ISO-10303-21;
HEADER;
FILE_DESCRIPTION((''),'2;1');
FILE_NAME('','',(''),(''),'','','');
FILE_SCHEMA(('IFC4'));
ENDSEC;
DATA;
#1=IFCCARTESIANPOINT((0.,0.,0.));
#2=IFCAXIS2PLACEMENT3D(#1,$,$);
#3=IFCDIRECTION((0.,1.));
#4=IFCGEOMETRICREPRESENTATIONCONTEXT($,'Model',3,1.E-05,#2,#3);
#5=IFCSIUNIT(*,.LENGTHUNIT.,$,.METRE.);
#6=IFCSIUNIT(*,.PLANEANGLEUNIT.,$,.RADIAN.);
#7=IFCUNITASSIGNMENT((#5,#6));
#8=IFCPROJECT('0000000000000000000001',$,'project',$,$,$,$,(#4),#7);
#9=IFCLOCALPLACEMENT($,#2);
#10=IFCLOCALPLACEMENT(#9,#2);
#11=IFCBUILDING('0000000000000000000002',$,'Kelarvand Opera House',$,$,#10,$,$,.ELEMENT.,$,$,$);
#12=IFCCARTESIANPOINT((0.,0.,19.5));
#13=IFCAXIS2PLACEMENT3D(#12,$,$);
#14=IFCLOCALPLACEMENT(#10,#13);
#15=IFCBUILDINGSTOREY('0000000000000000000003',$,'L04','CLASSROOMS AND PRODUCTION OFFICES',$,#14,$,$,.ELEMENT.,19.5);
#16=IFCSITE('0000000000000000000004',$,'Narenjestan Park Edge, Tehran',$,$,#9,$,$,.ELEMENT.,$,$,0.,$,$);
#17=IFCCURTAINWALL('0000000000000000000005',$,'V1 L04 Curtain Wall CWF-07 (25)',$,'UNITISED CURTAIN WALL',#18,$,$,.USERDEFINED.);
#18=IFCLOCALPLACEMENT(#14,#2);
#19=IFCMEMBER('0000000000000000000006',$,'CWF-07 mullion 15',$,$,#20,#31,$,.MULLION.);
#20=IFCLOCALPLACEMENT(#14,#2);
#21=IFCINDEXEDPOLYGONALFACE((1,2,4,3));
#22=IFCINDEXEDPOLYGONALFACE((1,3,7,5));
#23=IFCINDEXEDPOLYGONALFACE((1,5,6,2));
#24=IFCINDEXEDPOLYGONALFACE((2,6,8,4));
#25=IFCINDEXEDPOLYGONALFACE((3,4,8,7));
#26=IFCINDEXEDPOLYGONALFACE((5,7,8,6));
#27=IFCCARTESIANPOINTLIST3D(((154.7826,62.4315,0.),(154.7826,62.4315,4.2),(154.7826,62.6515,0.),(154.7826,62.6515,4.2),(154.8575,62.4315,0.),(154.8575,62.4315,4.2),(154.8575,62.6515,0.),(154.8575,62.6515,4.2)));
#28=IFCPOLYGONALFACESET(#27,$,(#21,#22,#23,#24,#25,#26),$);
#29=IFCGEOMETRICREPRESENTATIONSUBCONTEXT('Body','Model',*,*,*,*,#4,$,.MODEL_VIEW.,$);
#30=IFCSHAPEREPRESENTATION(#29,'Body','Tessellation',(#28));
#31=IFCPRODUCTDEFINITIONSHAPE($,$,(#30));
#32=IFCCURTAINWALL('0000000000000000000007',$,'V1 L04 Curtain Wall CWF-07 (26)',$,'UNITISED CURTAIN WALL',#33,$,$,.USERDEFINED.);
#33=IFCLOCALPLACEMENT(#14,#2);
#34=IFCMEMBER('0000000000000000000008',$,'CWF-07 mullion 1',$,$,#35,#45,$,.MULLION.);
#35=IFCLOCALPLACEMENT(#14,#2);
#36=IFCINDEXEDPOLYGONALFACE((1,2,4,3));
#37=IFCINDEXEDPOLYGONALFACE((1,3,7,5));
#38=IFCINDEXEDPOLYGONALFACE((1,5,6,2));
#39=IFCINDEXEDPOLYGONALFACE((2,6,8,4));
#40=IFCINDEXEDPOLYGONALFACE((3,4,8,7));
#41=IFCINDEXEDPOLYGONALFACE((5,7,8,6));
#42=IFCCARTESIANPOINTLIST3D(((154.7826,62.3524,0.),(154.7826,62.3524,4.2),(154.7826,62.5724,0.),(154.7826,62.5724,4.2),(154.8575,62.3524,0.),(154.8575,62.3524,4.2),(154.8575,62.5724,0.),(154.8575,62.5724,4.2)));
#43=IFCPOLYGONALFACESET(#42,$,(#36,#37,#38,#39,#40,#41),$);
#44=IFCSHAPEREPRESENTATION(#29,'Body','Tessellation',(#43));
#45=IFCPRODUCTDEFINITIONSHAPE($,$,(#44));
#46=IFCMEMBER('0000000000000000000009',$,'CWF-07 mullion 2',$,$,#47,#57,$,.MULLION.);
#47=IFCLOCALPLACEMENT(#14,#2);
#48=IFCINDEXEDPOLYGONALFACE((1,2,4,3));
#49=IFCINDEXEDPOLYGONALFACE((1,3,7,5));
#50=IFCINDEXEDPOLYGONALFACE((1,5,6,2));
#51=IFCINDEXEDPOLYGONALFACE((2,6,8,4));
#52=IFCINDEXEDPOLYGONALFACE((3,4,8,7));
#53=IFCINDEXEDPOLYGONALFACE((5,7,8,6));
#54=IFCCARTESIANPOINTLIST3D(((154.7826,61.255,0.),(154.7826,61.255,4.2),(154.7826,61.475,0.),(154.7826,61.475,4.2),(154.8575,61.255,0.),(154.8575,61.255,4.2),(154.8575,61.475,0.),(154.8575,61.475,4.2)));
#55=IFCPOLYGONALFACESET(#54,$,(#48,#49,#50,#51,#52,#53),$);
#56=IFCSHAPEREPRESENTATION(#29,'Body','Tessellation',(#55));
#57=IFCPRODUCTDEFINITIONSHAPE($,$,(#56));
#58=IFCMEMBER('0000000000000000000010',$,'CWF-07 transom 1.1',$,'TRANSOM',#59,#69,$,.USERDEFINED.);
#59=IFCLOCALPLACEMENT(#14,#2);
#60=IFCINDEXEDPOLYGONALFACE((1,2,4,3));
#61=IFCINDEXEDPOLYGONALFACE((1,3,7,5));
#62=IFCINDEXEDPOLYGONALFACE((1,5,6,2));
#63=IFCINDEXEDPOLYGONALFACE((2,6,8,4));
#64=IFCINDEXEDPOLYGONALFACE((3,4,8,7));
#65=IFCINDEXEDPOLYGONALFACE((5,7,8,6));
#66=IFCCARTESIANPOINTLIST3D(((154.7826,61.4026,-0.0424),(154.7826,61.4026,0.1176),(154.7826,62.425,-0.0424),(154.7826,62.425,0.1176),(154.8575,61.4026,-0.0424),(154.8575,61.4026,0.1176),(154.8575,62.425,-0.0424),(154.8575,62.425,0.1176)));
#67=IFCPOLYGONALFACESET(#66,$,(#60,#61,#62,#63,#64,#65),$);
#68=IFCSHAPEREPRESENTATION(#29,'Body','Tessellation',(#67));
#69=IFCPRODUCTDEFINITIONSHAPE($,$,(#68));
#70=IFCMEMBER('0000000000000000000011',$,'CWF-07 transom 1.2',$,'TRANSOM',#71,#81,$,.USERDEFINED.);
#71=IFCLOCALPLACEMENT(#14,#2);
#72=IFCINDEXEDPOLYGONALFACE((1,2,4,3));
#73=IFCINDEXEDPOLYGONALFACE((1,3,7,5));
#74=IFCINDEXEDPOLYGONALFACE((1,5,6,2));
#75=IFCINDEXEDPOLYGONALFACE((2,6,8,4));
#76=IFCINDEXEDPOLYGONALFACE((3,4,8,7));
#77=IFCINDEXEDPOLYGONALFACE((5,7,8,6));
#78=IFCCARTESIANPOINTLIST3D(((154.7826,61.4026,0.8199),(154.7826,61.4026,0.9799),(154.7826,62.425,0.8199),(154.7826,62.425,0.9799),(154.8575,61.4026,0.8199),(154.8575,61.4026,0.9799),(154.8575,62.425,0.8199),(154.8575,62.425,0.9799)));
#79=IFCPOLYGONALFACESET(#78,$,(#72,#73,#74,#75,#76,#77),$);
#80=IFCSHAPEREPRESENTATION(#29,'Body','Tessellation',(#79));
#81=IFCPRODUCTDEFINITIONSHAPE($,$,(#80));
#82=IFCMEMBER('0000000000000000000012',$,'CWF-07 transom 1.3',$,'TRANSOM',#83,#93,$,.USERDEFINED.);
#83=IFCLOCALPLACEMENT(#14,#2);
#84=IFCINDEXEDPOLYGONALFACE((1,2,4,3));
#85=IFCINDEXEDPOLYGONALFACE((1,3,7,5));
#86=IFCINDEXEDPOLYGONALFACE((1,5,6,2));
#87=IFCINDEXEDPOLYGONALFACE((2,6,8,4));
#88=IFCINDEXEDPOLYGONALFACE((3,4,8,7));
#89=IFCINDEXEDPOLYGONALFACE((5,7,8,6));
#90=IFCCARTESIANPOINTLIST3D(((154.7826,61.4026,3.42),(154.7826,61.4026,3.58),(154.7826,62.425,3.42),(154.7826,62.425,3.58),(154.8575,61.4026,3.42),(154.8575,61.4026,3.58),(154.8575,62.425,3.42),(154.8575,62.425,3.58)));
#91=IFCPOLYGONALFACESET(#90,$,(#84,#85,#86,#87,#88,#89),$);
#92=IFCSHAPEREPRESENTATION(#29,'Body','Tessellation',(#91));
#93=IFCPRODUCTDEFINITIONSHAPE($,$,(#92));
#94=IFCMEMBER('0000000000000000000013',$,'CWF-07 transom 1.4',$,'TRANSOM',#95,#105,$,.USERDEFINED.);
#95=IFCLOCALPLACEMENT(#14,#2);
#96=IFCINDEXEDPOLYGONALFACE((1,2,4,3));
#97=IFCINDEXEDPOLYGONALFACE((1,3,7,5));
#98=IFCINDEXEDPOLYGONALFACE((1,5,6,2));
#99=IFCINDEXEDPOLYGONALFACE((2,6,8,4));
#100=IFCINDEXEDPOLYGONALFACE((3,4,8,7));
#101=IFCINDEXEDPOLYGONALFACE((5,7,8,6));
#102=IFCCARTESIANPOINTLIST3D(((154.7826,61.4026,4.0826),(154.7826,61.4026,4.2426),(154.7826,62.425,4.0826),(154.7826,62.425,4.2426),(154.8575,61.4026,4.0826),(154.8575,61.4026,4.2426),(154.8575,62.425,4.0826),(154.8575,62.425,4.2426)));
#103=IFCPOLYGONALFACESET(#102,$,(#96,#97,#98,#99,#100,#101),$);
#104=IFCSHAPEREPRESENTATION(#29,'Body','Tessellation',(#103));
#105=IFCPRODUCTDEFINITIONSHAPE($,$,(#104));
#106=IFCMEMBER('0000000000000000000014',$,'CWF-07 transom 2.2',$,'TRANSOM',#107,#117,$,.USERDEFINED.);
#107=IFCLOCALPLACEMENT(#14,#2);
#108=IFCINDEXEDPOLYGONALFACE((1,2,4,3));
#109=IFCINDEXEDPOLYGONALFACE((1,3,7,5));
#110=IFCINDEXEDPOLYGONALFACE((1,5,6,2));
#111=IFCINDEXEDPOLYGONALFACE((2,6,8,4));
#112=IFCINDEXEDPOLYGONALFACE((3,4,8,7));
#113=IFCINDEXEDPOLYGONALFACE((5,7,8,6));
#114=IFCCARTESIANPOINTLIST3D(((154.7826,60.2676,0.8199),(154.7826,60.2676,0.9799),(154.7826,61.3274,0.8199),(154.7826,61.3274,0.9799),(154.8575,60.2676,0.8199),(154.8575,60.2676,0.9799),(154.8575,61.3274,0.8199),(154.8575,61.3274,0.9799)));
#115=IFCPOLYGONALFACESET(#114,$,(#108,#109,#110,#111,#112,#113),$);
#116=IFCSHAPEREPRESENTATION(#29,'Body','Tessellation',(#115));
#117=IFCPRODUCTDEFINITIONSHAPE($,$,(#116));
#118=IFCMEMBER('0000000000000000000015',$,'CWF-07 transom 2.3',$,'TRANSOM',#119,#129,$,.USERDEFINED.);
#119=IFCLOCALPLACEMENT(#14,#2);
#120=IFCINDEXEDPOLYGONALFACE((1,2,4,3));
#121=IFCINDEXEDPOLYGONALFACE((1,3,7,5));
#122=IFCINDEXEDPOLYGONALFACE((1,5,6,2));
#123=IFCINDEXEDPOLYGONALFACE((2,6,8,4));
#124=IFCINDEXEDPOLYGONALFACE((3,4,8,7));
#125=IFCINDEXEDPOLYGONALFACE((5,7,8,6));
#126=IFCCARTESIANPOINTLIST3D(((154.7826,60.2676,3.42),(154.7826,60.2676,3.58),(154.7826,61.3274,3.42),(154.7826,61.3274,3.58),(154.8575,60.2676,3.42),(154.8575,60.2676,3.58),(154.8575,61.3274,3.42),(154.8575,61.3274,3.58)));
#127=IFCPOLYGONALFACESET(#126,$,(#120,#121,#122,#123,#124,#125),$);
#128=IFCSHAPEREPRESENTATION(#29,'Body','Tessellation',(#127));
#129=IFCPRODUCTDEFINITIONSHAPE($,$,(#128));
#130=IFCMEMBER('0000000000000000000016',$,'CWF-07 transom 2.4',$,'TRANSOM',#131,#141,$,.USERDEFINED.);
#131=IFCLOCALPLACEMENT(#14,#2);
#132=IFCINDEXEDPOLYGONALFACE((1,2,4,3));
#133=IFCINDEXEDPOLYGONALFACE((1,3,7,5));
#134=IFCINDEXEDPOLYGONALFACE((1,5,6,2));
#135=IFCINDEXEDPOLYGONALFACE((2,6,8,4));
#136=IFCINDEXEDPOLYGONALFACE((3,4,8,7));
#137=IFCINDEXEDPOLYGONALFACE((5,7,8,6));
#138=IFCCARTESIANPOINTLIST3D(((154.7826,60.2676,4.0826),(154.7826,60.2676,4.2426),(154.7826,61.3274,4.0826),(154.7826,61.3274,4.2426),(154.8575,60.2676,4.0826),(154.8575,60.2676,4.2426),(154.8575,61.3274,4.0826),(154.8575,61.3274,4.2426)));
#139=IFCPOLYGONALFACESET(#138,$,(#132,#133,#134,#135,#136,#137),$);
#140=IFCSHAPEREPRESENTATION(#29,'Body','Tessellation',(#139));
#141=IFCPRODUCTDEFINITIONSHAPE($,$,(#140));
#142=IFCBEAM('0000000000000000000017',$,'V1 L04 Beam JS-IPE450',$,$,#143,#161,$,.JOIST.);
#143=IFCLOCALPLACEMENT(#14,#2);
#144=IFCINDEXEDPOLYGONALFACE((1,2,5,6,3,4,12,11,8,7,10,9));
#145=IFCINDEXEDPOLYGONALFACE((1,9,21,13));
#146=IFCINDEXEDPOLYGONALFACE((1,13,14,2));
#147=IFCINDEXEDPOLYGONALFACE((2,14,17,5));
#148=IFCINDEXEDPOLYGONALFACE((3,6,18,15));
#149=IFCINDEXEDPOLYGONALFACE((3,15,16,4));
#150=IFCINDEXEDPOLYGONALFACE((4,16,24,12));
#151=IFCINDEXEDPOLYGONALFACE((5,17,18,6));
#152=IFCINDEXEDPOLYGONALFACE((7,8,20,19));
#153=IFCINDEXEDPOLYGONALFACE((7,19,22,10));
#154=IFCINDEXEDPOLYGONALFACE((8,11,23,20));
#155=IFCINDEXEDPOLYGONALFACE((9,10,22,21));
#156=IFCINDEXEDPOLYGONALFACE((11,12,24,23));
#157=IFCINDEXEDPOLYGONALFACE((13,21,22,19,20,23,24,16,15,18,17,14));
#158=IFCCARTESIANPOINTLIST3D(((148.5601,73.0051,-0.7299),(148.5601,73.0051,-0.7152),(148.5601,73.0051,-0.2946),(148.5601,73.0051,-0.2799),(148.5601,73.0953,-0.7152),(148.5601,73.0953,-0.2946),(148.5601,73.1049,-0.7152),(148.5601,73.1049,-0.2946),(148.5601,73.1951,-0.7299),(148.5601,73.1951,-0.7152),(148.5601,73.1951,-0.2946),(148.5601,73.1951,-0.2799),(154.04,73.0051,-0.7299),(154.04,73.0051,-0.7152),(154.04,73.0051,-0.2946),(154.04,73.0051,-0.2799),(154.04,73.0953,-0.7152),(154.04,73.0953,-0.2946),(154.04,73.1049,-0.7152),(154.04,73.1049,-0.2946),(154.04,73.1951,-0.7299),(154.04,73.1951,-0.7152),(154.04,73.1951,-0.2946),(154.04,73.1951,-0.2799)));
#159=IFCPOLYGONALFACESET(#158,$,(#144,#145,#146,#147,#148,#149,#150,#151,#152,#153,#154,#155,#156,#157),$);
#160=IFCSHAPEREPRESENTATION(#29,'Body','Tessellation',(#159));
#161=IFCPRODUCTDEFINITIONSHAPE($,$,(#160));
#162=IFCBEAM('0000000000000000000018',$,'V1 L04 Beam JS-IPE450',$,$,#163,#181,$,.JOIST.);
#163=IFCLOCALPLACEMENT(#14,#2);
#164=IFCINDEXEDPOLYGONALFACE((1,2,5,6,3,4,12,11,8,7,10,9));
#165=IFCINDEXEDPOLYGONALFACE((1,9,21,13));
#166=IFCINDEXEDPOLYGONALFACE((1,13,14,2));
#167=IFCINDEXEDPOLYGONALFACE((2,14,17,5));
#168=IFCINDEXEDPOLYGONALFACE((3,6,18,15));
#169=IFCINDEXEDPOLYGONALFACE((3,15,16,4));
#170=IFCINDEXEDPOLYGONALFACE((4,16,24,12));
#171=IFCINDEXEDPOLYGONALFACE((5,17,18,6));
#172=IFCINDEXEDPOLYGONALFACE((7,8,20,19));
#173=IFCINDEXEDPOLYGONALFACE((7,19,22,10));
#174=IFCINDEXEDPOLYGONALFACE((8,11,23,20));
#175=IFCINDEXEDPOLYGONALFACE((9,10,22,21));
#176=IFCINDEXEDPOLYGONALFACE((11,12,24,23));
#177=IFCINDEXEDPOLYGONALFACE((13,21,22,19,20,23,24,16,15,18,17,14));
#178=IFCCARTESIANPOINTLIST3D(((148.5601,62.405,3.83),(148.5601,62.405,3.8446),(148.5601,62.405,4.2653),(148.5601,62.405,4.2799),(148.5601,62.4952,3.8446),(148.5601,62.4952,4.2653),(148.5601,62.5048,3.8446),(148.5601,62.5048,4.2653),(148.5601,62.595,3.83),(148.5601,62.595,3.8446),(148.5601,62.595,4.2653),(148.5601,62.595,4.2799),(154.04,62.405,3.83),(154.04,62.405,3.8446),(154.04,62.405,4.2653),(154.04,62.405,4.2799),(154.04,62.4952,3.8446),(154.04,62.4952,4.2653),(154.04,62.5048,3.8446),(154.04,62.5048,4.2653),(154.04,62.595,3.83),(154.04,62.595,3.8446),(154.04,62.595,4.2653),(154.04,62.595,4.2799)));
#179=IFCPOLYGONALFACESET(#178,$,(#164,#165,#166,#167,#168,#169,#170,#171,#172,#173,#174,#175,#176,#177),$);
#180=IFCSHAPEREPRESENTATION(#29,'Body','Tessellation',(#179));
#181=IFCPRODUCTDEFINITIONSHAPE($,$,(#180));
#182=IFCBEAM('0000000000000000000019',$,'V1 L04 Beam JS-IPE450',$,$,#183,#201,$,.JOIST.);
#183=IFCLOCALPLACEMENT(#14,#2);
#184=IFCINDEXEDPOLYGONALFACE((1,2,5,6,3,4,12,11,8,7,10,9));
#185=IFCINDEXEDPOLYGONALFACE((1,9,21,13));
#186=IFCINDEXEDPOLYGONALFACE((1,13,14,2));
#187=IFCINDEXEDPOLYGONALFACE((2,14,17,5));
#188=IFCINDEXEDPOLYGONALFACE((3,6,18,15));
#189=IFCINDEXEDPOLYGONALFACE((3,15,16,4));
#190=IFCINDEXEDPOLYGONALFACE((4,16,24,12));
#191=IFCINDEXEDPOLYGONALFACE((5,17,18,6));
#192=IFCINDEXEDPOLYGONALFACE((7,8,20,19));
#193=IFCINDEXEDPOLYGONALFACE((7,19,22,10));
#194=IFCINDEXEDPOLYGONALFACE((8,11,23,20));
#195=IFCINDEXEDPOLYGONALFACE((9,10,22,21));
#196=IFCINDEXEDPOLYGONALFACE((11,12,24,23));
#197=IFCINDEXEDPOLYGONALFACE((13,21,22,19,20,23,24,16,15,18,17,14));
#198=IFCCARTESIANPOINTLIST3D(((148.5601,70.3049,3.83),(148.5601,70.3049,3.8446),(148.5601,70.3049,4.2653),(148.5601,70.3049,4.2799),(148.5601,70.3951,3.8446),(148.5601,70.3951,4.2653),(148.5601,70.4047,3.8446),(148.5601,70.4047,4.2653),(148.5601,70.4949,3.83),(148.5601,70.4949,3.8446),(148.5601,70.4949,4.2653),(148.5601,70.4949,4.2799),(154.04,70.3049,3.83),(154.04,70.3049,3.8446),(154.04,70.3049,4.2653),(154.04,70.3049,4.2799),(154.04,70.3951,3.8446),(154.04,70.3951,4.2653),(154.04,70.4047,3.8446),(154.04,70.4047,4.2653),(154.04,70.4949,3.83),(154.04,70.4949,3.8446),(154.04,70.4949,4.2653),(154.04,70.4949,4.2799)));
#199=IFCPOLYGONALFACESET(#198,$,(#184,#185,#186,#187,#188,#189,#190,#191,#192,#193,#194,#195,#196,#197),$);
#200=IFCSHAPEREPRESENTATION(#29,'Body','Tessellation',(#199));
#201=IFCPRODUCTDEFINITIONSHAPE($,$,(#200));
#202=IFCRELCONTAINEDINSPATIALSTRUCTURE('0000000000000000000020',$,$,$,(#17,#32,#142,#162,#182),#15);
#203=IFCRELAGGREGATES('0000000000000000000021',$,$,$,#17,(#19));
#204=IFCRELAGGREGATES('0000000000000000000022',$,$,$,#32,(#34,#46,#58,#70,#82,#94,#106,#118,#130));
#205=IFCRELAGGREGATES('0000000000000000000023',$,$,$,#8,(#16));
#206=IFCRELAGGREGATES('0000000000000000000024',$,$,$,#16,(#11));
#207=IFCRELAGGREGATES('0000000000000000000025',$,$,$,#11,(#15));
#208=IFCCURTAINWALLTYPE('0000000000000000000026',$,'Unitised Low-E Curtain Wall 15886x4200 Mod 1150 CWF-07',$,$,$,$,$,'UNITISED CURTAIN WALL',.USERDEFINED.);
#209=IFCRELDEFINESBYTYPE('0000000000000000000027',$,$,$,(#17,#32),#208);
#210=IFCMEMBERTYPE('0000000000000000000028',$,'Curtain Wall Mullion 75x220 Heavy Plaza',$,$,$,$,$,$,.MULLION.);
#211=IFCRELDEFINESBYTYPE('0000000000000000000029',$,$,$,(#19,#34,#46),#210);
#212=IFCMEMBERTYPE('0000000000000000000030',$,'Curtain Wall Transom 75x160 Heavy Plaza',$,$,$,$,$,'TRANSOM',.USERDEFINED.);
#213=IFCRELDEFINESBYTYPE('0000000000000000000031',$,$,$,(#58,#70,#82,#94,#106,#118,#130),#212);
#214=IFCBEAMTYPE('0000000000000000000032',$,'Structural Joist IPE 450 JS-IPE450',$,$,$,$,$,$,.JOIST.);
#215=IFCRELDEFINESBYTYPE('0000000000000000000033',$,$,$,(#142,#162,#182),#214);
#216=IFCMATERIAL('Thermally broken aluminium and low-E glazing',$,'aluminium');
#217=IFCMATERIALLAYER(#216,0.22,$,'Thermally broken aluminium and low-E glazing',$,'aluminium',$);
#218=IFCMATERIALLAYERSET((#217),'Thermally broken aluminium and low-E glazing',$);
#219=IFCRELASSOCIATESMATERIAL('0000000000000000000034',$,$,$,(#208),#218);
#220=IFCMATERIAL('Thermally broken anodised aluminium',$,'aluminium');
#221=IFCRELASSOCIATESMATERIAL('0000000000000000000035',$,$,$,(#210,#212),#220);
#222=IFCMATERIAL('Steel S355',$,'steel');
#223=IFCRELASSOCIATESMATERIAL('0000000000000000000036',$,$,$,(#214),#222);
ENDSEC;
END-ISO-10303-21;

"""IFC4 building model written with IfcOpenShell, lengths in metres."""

from ifc_helpers import new_model, si_unit, direction, frame, origin, origin_2d, place, context, subcontext, project, spatial, rectangle, i_section, extrude, material, layer, layer_set, material_profile, profile_set, type_object, element, aggregate, save


model = new_model("IFC4")

# Units and contexts
model_context = context("Model", 3, precision=1e-05, world=origin(), true_north=direction((0.0, 1.0)))
body_context = subcontext(model_context, "Body", "Model", "MODEL_VIEW")
ifc_project = project(units=[si_unit("LENGTHUNIT", "METRE"), si_unit("PLANEANGLEUNIT", "RADIAN")], contexts=[model_context])

# Site, building, storey
site_placement = place(None, origin())
site = spatial("IfcSite", under=ifc_project, at=site_placement, Name="Narenjestan Park Edge, Tehran", CompositionType="ELEMENT", RefElevation=0.0)
building_placement = place(site_placement, origin())
building = spatial("IfcBuilding", under=site, at=building_placement, Name="Kelarvand Opera House", CompositionType="ELEMENT")
storey_placement = place(building_placement, frame((0.0, 0.0, 19.5)))
storey = spatial("IfcBuildingStorey", under=building, at=storey_placement, Name="L04", Description="CLASSROOMS AND PRODUCTION OFFICES", CompositionType="ELEMENT", Elevation=19.5)

# Curtain wall, member
ifc_material_1 = material(Name="Thermally broken aluminium and low-E glazing", Category="aluminium")
ifc_layer_1 = layer(ifc_material_1, 0.22, Name="Thermally broken aluminium and low-E glazing", Category="aluminium")
ifc_layer_set_1 = layer_set([ifc_layer_1], Name="Thermally broken aluminium and low-E glazing")
curtain_wall_type = type_object("IfcCurtainWallType", Name="Unitised Low-E Curtain Wall 15886x4200 Mod 1150 CWF-07", ElementType="UNITISED CURTAIN WALL", PredefinedType="USERDEFINED", material=ifc_layer_set_1)
curtain_wall_1_placement = place(storey_placement, origin())
curtain_wall_1 = element("IfcCurtainWall", 1, at=curtain_wall_1_placement, inside=storey, type_object=curtain_wall_type, Name="V1 L04 Curtain Wall CWF-07 (25)", ObjectType="UNITISED CURTAIN WALL", PredefinedType="USERDEFINED")
ifc_material_2 = material(Name="Thermally broken anodised aluminium", Category="aluminium")
ifc_material_profile_1 = material_profile(ifc_material_2, rectangle(XDim=0.075, YDim=0.22, at=origin_2d()), Name="ALU MULLION 75x220", Category="aluminium")
ifc_profile_set_1 = profile_set([ifc_material_profile_1], Name="Thermally broken anodised aluminium")
member_type_1 = type_object("IfcMemberType", Name="Curtain Wall Mullion 75x220 Heavy Plaza", PredefinedType="MULLION", material=ifc_profile_set_1)
member_1_placement = place(storey_placement, frame((154.8201, 62.5415, 0.0), z_axis=(0.0, 0.0, 1.0), x_axis=(1.0, 0.0, 0.0)))
member_1 = element("IfcMember", 2, at=member_1_placement, type_object=member_type_1, Name="CWF-07 mullion 15", PredefinedType="MULLION", context=body_context, shape_type="SweptSolid", body=[
    extrude(rectangle(XDim=0.075, YDim=0.22, at=origin_2d()), origin(), (0.0, 0.0, 1.0), 4.2),
])
aggregate(curtain_wall_1, [member_1])

# Curtain wall, members
curtain_wall_2_placement = place(storey_placement, origin())
curtain_wall_2 = element("IfcCurtainWall", 3, at=curtain_wall_2_placement, inside=storey, type_object=curtain_wall_type, Name="V1 L04 Curtain Wall CWF-07 (26)", ObjectType="UNITISED CURTAIN WALL", PredefinedType="USERDEFINED")
member_2_placement = place(storey_placement, frame((154.8201, 62.4624, 0.0), z_axis=(0.0, 0.0, 1.0), x_axis=(1.0, 0.0, 0.0)))
member_2 = element("IfcMember", 4, at=member_2_placement, type_object=member_type_1, Name="CWF-07 mullion 1", PredefinedType="MULLION", context=body_context, shape_type="SweptSolid", body=[
    extrude(rectangle(XDim=0.075, YDim=0.22, at=origin_2d()), origin(), (0.0, 0.0, 1.0), 4.2),
])
member_3_placement = place(storey_placement, frame((154.8201, 61.365, 0.0), z_axis=(0.0, 0.0, 1.0), x_axis=(1.0, 0.0, 0.0)))
member_3 = element("IfcMember", 5, at=member_3_placement, type_object=member_type_1, Name="CWF-07 mullion 2", PredefinedType="MULLION", context=body_context, shape_type="SweptSolid", body=[
    extrude(rectangle(XDim=0.075, YDim=0.22, at=origin_2d()), origin(), (0.0, 0.0, 1.0), 4.2),
])
ifc_material_profile_2 = material_profile(ifc_material_2, rectangle(XDim=0.075, YDim=0.1599, at=origin_2d()), Name="ALU TRANSOM 75x160", Category="aluminium")
ifc_profile_set_2 = profile_set([ifc_material_profile_2], Name="Thermally broken anodised aluminium")
member_type_2 = type_object("IfcMemberType", Name="Curtain Wall Transom 75x160 Heavy Plaza", ElementType="TRANSOM", PredefinedType="USERDEFINED", material=ifc_profile_set_2)
member_4_placement = place(storey_placement, frame((154.8201, 62.425, 0.0376), z_axis=(0.0, -1.0, 0.0), x_axis=(1.0, 0.0, 0.0)))
member_4 = element("IfcMember", 6, at=member_4_placement, type_object=member_type_2, Name="CWF-07 transom 1.1", ObjectType="TRANSOM", PredefinedType="USERDEFINED", context=body_context, shape_type="SweptSolid", body=[
    extrude(rectangle(XDim=0.075, YDim=0.1599, at=origin_2d()), origin(), (0.0, 0.0, 1.0), 1.0225),
])
member_5_placement = place(storey_placement, frame((154.8201, 62.425, 0.8999), z_axis=(0.0, -1.0, 0.0), x_axis=(1.0, 0.0, 0.0)))
member_5 = element("IfcMember", 7, at=member_5_placement, type_object=member_type_2, Name="CWF-07 transom 1.2", ObjectType="TRANSOM", PredefinedType="USERDEFINED", context=body_context, shape_type="SweptSolid", body=[
    extrude(rectangle(XDim=0.075, YDim=0.1599, at=origin_2d()), origin(), (0.0, 0.0, 1.0), 1.0225),
])
member_6_placement = place(storey_placement, frame((154.8201, 62.425, 3.5), z_axis=(0.0, -1.0, 0.0), x_axis=(1.0, 0.0, 0.0)))
member_6 = element("IfcMember", 8, at=member_6_placement, type_object=member_type_2, Name="CWF-07 transom 1.3", ObjectType="TRANSOM", PredefinedType="USERDEFINED", context=body_context, shape_type="SweptSolid", body=[
    extrude(rectangle(XDim=0.075, YDim=0.1599, at=origin_2d()), origin(), (0.0, 0.0, 1.0), 1.0225),
])
member_7_placement = place(storey_placement, frame((154.8201, 62.425, 4.1626), z_axis=(0.0, -1.0, 0.0), x_axis=(1.0, 0.0, 0.0)))
member_7 = element("IfcMember", 9, at=member_7_placement, type_object=member_type_2, Name="CWF-07 transom 1.4", ObjectType="TRANSOM", PredefinedType="USERDEFINED", context=body_context, shape_type="SweptSolid", body=[
    extrude(rectangle(XDim=0.075, YDim=0.1599, at=origin_2d()), origin(), (0.0, 0.0, 1.0), 1.0225),
])
member_8_placement = place(storey_placement, frame((154.8201, 61.3274, 0.8999), z_axis=(0.0, -1.0, 0.0), x_axis=(1.0, 0.0, 0.0)))
member_8 = element("IfcMember", 10, at=member_8_placement, type_object=member_type_2, Name="CWF-07 transom 2.2", ObjectType="TRANSOM", PredefinedType="USERDEFINED", context=body_context, shape_type="SweptSolid", body=[
    extrude(rectangle(XDim=0.075, YDim=0.1599, at=origin_2d()), origin(), (0.0, 0.0, 1.0), 1.0598),
])
member_9_placement = place(storey_placement, frame((154.8201, 61.3274, 3.5), z_axis=(0.0, -1.0, 0.0), x_axis=(1.0, 0.0, 0.0)))
member_9 = element("IfcMember", 11, at=member_9_placement, type_object=member_type_2, Name="CWF-07 transom 2.3", ObjectType="TRANSOM", PredefinedType="USERDEFINED", context=body_context, shape_type="SweptSolid", body=[
    extrude(rectangle(XDim=0.075, YDim=0.1599, at=origin_2d()), origin(), (0.0, 0.0, 1.0), 1.0598),
])
member_10_placement = place(storey_placement, frame((154.8201, 61.3274, 4.1626), z_axis=(0.0, -1.0, 0.0), x_axis=(1.0, 0.0, 0.0)))
member_10 = element("IfcMember", 12, at=member_10_placement, type_object=member_type_2, Name="CWF-07 transom 2.4", ObjectType="TRANSOM", PredefinedType="USERDEFINED", context=body_context, shape_type="SweptSolid", body=[
    extrude(rectangle(XDim=0.075, YDim=0.1599, at=origin_2d()), origin(), (0.0, 0.0, 1.0), 1.0598),
])

# Beams
ifc_material_3 = material(Name="Steel S355", Category="steel")
ifc_material_profile_3 = material_profile(ifc_material_3, i_section(OverallWidth=0.1899, OverallDepth=0.45, WebThickness=0.0095, FlangeThickness=0.0146, at=origin_2d()), Name="IPE 450", Category="steel")
ifc_profile_set_3 = profile_set([ifc_material_profile_3], Name="Steel S355")
beam_type = type_object("IfcBeamType", Name="Structural Joist IPE 450 JS-IPE450", PredefinedType="JOIST", material=ifc_profile_set_3)
for number, where, z_axis, x_axis, name in (
    (13, (148.5601, 73.1001, -0.5049), (1.0, 0.0, 0.0), (0.0, 1.0, 0.0), "V1 L04 Beam JS-IPE450"),
    (14, (148.5601, 62.5, 4.0549), (1.0, 0.0, 0.0), (0.0, 1.0, 0.0), "V1 L04 Beam JS-IPE450"),
    (15, (148.5601, 70.3999, 4.0549), (1.0, 0.0, 0.0), (0.0, 1.0, 0.0), "V1 L04 Beam JS-IPE450"),
):
    element("IfcBeam", number, at=place(storey_placement, frame(where, z_axis=z_axis, x_axis=x_axis)), inside=storey, type_object=beam_type, Name=name, PredefinedType="JOIST", context=body_context, shape_type="SweptSolid", body=[
        extrude(i_section(OverallWidth=0.1899, OverallDepth=0.45, WebThickness=0.0095, FlangeThickness=0.0146, at=origin_2d()), origin(), (0.0, 0.0, 1.0), 5.48),
    ])

aggregate(curtain_wall_2, [member_2, member_3, member_4, member_5, member_6, member_7, member_8, member_9, member_10])

save(model, "model.ifc")
